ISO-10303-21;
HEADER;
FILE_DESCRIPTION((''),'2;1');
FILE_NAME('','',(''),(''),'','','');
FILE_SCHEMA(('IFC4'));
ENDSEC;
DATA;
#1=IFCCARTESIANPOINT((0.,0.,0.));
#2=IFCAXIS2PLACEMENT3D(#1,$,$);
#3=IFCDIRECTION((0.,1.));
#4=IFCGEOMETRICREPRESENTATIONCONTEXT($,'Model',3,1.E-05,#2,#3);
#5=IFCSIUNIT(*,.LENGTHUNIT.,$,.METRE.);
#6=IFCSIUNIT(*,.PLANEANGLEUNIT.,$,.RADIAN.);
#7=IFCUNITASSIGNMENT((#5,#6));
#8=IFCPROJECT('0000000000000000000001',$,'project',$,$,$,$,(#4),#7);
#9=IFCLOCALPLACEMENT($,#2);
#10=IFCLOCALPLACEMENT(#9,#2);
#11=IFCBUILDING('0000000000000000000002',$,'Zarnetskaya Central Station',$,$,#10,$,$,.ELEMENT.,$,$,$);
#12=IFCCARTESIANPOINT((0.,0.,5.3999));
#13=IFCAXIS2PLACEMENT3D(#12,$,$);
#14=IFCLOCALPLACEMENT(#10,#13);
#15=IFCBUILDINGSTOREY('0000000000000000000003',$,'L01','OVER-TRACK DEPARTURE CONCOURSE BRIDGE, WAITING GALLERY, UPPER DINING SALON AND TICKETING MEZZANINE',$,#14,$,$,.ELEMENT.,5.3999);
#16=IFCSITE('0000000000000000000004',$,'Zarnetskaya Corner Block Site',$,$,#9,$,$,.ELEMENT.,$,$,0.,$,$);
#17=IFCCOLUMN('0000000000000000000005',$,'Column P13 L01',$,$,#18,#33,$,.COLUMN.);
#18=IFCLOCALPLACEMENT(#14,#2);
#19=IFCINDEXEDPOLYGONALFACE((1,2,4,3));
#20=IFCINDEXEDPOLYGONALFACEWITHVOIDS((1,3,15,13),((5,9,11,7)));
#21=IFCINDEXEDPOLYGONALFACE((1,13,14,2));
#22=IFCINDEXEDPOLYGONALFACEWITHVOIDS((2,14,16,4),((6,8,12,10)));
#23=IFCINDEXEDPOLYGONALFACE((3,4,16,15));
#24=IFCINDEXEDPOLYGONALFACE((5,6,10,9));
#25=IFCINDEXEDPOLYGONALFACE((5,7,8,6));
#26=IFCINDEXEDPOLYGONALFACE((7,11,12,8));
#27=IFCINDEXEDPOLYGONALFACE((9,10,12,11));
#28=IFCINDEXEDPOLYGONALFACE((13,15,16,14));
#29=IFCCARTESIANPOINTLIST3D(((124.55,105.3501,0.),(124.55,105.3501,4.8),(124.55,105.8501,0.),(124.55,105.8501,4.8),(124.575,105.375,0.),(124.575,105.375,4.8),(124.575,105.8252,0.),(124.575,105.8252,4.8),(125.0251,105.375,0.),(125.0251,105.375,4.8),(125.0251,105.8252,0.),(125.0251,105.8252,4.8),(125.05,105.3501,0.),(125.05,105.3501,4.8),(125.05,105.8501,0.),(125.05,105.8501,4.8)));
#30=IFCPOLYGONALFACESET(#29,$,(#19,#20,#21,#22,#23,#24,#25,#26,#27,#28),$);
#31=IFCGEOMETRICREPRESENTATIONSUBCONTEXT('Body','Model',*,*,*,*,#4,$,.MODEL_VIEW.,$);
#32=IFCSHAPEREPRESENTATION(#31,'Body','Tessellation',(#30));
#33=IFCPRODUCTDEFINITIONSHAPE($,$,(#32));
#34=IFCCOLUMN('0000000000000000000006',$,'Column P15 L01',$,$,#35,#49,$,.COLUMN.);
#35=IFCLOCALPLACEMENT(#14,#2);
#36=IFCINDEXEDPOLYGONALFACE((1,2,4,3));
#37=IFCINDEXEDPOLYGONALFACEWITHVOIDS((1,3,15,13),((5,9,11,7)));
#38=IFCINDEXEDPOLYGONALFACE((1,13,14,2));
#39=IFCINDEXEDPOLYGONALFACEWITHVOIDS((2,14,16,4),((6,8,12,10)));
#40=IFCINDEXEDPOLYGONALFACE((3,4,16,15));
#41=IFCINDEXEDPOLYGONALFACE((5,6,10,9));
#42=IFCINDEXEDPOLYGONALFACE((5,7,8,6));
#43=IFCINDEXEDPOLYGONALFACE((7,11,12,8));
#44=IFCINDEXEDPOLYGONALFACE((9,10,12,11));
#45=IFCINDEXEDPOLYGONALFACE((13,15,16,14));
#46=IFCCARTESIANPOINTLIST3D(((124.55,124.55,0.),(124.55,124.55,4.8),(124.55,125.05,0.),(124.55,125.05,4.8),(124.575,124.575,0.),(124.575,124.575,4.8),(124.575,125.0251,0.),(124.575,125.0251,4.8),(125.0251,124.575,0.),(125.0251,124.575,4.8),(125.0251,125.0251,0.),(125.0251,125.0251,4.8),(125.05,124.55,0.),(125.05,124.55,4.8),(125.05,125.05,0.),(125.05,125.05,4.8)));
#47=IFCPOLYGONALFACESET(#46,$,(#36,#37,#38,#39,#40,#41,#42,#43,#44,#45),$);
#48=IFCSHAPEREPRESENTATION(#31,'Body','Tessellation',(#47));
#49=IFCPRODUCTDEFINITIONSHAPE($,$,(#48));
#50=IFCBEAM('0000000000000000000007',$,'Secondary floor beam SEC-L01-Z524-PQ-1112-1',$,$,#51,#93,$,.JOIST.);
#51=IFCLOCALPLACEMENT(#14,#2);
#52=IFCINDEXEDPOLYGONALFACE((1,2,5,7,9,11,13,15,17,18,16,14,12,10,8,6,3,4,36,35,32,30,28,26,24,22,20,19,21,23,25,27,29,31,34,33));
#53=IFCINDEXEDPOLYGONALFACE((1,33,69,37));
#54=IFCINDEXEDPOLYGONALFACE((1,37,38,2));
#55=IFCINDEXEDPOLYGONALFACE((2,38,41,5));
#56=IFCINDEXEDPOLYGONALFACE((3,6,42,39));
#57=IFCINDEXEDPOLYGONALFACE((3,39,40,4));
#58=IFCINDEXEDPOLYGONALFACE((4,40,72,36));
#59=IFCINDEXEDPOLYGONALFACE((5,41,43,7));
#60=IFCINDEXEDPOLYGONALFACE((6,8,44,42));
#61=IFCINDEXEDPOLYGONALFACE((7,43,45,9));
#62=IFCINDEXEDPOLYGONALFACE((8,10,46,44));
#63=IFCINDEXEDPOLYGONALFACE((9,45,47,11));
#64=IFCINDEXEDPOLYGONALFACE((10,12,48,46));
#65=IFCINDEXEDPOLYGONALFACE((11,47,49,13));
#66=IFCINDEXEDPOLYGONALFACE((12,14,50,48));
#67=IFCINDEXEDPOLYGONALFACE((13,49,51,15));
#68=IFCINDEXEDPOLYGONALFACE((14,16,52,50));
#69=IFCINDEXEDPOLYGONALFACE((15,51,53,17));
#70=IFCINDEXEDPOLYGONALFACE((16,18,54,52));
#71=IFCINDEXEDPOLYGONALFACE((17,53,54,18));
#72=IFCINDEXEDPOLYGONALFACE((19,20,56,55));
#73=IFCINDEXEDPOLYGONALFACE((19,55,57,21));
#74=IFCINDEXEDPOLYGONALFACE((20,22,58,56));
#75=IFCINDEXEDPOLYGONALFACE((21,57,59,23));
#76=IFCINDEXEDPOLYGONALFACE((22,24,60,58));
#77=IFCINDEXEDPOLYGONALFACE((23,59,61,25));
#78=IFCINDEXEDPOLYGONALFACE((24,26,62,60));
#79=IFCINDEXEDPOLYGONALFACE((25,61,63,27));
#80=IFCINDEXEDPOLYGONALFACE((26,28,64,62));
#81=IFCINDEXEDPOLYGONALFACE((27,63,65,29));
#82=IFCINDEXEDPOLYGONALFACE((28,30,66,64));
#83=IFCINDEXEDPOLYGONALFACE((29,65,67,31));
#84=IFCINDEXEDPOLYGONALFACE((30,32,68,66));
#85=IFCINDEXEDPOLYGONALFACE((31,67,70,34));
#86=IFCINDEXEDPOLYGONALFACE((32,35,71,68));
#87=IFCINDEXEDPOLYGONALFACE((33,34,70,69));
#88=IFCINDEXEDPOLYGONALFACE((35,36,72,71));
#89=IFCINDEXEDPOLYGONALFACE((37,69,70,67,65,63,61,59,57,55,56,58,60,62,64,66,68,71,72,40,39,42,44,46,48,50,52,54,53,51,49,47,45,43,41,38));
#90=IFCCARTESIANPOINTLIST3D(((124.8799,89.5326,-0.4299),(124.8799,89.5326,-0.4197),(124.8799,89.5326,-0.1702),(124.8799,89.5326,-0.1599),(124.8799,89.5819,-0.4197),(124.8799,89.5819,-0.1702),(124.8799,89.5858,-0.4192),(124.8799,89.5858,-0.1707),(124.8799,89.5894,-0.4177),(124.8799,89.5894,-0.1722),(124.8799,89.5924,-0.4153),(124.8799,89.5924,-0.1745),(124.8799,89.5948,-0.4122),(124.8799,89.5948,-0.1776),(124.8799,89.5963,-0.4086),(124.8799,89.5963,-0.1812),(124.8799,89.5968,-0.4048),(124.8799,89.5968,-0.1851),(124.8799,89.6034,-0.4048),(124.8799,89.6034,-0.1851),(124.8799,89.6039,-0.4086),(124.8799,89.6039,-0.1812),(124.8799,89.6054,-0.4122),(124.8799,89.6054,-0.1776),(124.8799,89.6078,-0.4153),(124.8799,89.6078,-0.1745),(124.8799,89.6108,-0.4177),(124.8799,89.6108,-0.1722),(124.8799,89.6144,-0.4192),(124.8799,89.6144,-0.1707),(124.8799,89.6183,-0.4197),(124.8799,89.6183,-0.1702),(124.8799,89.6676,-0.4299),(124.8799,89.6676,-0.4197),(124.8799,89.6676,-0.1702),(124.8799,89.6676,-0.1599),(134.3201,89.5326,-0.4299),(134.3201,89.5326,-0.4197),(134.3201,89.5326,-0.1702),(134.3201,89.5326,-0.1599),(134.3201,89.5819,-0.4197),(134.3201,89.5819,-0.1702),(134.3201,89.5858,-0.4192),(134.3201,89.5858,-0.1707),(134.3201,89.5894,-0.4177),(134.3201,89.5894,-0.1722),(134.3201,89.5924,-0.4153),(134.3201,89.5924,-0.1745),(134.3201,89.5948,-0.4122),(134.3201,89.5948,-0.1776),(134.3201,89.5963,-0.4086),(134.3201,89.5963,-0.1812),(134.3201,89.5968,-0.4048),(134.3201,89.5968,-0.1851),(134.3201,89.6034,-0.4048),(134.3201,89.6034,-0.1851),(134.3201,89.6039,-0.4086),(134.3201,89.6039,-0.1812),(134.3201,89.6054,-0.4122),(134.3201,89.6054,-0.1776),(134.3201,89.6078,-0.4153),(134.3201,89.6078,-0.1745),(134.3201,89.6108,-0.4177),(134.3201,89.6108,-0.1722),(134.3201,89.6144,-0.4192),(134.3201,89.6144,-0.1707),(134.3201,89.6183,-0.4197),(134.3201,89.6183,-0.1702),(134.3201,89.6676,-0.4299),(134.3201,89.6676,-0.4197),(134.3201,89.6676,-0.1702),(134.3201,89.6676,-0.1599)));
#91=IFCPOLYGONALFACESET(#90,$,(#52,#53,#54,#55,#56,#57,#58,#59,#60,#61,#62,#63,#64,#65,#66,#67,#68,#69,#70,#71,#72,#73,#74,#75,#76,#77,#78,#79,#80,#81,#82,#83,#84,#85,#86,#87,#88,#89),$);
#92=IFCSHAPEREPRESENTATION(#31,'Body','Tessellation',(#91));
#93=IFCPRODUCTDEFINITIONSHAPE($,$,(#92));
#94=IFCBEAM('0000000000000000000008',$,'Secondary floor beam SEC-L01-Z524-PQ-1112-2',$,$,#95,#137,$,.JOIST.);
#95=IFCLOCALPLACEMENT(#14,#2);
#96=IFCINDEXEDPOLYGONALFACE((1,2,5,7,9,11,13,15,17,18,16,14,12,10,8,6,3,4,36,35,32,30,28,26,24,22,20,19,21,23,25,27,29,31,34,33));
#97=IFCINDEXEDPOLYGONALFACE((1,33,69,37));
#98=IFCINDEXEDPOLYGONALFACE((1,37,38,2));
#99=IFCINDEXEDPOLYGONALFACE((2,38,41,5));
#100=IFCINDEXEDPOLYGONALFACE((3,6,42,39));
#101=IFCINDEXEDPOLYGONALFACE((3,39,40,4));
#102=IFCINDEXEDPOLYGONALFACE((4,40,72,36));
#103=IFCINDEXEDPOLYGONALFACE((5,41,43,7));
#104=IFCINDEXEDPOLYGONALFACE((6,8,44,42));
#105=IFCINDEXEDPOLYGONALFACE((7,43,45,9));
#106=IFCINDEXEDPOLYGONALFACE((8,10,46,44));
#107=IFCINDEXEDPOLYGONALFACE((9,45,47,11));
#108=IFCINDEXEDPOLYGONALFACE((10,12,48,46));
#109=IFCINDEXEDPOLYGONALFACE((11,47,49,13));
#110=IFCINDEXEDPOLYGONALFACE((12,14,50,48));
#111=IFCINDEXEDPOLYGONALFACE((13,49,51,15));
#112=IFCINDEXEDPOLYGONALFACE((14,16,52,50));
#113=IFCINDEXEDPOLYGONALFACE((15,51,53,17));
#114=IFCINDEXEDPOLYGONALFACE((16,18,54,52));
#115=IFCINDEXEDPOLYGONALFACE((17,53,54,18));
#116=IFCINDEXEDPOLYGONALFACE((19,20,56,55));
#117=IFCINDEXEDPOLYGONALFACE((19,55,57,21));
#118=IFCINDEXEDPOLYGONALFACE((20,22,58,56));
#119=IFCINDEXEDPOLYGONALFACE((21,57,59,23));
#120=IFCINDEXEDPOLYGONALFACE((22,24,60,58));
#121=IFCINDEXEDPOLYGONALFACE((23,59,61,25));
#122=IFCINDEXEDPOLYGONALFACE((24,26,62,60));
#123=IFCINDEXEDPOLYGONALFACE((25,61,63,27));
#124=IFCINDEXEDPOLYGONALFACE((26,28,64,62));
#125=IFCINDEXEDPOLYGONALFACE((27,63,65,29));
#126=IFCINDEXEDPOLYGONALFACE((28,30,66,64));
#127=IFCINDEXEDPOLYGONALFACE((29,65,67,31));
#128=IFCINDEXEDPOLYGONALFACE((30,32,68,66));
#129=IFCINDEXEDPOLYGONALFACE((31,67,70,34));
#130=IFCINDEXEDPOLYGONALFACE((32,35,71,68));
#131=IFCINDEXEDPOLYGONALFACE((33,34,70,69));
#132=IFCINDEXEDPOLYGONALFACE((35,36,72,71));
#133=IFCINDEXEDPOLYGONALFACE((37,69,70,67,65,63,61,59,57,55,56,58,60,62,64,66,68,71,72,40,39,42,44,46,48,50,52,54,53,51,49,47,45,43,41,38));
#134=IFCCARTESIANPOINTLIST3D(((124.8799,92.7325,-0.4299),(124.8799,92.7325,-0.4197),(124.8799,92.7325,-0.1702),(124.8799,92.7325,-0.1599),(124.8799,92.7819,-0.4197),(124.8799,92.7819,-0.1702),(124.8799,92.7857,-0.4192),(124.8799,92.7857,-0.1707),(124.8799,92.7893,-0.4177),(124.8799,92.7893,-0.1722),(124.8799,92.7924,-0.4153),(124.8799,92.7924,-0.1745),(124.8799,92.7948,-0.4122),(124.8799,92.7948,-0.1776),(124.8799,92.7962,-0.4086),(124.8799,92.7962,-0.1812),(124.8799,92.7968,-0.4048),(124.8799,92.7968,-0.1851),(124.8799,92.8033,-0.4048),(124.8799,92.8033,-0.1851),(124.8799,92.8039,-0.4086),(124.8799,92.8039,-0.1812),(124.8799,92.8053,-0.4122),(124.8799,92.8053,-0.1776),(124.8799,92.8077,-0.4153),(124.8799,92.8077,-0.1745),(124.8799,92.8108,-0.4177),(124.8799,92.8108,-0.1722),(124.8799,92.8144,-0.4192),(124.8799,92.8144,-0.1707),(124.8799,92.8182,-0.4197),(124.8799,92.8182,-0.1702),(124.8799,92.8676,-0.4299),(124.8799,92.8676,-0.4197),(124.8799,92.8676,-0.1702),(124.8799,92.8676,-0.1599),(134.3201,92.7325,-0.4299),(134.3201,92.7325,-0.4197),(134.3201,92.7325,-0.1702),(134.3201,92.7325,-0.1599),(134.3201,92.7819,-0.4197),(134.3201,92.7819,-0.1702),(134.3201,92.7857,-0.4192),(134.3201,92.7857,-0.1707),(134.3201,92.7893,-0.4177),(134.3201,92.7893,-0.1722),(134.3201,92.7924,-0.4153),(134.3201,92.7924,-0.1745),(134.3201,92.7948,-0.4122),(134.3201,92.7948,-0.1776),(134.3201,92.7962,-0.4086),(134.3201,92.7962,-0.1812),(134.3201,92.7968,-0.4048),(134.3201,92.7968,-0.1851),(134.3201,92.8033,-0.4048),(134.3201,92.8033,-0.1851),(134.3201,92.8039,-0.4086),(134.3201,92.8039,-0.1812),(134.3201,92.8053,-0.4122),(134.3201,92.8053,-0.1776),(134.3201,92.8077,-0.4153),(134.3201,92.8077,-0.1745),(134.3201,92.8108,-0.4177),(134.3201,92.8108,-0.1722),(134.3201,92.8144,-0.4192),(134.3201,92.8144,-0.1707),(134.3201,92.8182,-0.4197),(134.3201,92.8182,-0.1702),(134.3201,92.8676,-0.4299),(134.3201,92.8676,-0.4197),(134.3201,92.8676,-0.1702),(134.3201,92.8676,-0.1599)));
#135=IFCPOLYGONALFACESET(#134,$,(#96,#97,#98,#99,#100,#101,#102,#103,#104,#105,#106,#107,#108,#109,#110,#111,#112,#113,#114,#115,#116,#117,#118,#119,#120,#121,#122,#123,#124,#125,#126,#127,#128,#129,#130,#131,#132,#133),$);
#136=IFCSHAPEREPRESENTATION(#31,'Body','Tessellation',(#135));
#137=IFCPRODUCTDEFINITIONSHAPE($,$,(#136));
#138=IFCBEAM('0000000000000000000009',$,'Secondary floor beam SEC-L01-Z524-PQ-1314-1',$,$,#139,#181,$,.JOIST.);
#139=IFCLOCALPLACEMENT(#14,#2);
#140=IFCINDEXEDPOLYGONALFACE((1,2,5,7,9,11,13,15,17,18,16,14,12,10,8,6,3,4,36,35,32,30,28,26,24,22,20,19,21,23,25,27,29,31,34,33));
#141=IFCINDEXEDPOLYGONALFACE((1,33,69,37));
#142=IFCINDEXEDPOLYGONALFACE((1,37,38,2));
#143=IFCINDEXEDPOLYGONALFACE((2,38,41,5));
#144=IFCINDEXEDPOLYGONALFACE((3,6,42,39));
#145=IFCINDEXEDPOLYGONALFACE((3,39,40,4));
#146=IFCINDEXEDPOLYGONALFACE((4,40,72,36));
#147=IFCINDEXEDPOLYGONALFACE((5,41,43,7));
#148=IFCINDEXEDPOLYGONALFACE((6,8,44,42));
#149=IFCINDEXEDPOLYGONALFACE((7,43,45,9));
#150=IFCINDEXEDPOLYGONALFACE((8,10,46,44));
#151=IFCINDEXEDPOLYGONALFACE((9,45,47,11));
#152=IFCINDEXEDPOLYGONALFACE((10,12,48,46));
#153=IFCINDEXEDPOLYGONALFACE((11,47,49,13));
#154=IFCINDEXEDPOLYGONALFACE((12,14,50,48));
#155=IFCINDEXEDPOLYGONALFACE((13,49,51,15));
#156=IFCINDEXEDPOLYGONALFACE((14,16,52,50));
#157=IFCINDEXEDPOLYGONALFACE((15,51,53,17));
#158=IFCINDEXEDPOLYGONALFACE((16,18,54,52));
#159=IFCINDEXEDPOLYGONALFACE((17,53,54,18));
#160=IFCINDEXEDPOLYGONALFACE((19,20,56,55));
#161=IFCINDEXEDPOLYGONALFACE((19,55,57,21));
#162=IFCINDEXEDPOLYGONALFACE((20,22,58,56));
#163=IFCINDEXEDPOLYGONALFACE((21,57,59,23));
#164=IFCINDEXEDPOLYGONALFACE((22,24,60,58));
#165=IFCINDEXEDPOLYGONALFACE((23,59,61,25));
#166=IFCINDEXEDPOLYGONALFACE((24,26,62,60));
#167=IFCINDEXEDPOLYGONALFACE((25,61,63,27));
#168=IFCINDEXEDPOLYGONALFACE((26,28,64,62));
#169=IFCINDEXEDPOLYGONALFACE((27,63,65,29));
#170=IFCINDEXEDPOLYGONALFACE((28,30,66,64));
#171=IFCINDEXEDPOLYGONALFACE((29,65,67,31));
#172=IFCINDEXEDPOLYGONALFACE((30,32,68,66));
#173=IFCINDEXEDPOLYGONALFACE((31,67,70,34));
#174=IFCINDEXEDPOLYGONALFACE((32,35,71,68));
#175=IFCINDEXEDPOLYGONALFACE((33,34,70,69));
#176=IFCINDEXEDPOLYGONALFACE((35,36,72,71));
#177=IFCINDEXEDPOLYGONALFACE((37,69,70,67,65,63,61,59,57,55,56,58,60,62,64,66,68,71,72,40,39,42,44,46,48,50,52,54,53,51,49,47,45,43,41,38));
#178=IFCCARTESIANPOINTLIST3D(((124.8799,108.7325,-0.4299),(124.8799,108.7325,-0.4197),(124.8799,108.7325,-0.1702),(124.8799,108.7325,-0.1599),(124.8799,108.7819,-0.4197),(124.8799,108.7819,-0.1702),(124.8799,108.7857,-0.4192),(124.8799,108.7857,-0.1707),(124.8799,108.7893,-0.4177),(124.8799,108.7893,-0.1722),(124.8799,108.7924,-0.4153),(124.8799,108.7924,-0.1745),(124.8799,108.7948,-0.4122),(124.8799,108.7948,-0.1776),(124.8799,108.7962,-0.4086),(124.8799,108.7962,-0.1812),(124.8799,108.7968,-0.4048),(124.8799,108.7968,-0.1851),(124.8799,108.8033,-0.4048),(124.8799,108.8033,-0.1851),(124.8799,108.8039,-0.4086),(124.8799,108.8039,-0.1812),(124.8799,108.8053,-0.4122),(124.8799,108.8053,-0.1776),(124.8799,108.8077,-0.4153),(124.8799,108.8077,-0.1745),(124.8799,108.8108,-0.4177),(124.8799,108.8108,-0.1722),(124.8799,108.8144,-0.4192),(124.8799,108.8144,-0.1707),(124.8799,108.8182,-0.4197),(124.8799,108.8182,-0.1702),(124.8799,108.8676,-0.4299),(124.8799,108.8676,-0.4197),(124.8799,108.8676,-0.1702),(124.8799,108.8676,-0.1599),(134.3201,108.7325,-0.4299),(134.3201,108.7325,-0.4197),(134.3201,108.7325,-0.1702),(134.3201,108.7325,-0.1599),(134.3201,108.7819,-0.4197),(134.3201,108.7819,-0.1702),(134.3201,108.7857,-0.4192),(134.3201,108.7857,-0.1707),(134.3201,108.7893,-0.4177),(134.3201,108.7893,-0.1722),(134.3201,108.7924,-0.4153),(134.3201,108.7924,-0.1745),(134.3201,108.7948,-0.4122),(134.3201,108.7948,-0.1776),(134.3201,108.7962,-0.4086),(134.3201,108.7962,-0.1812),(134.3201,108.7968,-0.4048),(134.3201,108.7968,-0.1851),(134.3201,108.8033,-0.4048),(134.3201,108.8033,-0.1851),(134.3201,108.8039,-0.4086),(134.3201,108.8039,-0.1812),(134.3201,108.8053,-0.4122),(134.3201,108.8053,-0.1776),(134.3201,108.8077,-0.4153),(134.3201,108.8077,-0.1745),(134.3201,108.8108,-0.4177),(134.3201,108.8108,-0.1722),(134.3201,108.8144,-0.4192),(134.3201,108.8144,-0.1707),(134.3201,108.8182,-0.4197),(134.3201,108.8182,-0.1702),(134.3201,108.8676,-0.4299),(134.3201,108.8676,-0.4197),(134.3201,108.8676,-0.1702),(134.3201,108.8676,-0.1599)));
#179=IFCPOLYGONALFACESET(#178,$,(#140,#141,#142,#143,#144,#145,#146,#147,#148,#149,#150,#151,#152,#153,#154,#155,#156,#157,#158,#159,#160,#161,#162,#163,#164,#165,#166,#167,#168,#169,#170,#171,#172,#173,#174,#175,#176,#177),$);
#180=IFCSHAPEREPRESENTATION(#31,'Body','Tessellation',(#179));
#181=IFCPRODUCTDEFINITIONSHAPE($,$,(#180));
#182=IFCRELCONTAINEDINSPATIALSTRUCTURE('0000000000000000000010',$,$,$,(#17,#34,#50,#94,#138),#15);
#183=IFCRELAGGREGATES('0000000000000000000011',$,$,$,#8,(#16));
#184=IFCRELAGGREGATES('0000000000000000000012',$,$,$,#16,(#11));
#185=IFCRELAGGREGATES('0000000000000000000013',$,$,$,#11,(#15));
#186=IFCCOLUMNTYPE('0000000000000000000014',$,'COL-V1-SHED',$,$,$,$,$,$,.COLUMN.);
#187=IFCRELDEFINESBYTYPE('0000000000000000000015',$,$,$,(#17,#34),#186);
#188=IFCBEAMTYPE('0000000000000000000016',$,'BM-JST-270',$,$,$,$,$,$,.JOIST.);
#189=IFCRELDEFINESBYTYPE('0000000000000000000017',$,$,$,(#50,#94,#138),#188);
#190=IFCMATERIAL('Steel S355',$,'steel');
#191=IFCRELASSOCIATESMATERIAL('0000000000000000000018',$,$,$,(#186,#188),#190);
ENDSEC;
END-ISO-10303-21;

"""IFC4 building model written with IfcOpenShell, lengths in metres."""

from ifc_helpers import new_model, si_unit, direction, frame, origin, origin_2d, place, context, subcontext, project, spatial, hollow_rectangle, i_section, extrude, material, material_profile, profile_set, type_object, element, save


model = new_model("IFC4")

# Units and contexts
model_context = context("Model", 3, precision=1e-05, world=origin(), true_north=direction((0.0, 1.0)))
body_context = subcontext(model_context, "Body", "Model", "MODEL_VIEW")
ifc_project = project(units=[si_unit("LENGTHUNIT", "METRE"), si_unit("PLANEANGLEUNIT", "RADIAN")], contexts=[model_context])

# Site, building, storey
site_placement = place(None, origin())
site = spatial("IfcSite", under=ifc_project, at=site_placement, Name="Zarnetskaya Corner Block Site", CompositionType="ELEMENT", RefElevation=0.0)
building_placement = place(site_placement, origin())
building = spatial("IfcBuilding", under=site, at=building_placement, Name="Zarnetskaya Central Station", CompositionType="ELEMENT")
storey_placement = place(building_placement, frame((0.0, 0.0, 5.3999)))
storey = spatial("IfcBuildingStorey", under=building, at=storey_placement, Name="L01", Description="OVER-TRACK DEPARTURE CONCOURSE BRIDGE, WAITING GALLERY, UPPER DINING SALON AND TICKETING MEZZANINE", CompositionType="ELEMENT", Elevation=5.3999)

# Columns
ifc_material = material(Name="Steel S355", Category="steel")
ifc_material_profile_1 = material_profile(ifc_material, hollow_rectangle(XDim=0.5, YDim=0.5, WallThickness=0.0249, at=origin_2d()), Name="BOX 500x500x25")
ifc_profile_set_1 = profile_set([ifc_material_profile_1], Name="Steel S355")
column_type = type_object("IfcColumnType", Name="COL-V1-SHED", PredefinedType="COLUMN", material=ifc_profile_set_1)
for number, where, z_axis, x_axis, name in (
    (1, (124.8, 105.6001, 0.0), (0.0, 0.0, 1.0), (1.0, 0.0, 0.0), "Column P13 L01"),
    (2, (124.8, 124.8, 0.0), (0.0, 0.0, 1.0), (1.0, 0.0, 0.0), "Column P15 L01"),
):
    element("IfcColumn", number, at=place(storey_placement, frame(where, z_axis=z_axis, x_axis=x_axis)), inside=storey, type_object=column_type, Name=name, PredefinedType="COLUMN", context=body_context, shape_type="SweptSolid", body=[
        extrude(hollow_rectangle(XDim=0.5, YDim=0.5, WallThickness=0.0249, at=origin_2d()), origin(), (0.0, 0.0, 1.0), 4.8),
    ])

# Beams
ifc_material_profile_2 = material_profile(ifc_material, i_section(OverallWidth=0.135, OverallDepth=0.27, WebThickness=0.0066, FlangeThickness=0.0103, FilletRadius=0.0149, at=origin_2d()), Name="IPE 270")
ifc_profile_set_2 = profile_set([ifc_material_profile_2], Name="Steel S355")
beam_type_1 = type_object("IfcBeamType", Name="BM-JST-270", PredefinedType="JOIST", material=ifc_profile_set_2)
for number, where, z_axis, x_axis, name in (
    (3, (124.8799, 89.6001, -0.2949), (1.0, 0.0, 0.0), (0.0, 1.0, 0.0), "Secondary floor beam SEC-L01-Z524-PQ-1112-1"),
    (4, (124.8799, 92.8, -0.2949), (1.0, 0.0, 0.0), (0.0, 1.0, 0.0), "Secondary floor beam SEC-L01-Z524-PQ-1112-2"),
    (5, (124.8799, 108.8, -0.2949), (1.0, 0.0, 0.0), (0.0, 1.0, 0.0), "Secondary floor beam SEC-L01-Z524-PQ-1314-1"),
):
    element("IfcBeam", number, at=place(storey_placement, frame(where, z_axis=z_axis, x_axis=x_axis)), inside=storey, type_object=beam_type_1, Name=name, PredefinedType="JOIST", context=body_context, shape_type="SweptSolid", body=[
        extrude(i_section(OverallWidth=0.135, OverallDepth=0.27, WebThickness=0.0066, FlangeThickness=0.0103, FilletRadius=0.0149, at=origin_2d()), origin(), (0.0, 0.0, 1.0), 9.4402),
    ])

save(model, "model.ifc")
